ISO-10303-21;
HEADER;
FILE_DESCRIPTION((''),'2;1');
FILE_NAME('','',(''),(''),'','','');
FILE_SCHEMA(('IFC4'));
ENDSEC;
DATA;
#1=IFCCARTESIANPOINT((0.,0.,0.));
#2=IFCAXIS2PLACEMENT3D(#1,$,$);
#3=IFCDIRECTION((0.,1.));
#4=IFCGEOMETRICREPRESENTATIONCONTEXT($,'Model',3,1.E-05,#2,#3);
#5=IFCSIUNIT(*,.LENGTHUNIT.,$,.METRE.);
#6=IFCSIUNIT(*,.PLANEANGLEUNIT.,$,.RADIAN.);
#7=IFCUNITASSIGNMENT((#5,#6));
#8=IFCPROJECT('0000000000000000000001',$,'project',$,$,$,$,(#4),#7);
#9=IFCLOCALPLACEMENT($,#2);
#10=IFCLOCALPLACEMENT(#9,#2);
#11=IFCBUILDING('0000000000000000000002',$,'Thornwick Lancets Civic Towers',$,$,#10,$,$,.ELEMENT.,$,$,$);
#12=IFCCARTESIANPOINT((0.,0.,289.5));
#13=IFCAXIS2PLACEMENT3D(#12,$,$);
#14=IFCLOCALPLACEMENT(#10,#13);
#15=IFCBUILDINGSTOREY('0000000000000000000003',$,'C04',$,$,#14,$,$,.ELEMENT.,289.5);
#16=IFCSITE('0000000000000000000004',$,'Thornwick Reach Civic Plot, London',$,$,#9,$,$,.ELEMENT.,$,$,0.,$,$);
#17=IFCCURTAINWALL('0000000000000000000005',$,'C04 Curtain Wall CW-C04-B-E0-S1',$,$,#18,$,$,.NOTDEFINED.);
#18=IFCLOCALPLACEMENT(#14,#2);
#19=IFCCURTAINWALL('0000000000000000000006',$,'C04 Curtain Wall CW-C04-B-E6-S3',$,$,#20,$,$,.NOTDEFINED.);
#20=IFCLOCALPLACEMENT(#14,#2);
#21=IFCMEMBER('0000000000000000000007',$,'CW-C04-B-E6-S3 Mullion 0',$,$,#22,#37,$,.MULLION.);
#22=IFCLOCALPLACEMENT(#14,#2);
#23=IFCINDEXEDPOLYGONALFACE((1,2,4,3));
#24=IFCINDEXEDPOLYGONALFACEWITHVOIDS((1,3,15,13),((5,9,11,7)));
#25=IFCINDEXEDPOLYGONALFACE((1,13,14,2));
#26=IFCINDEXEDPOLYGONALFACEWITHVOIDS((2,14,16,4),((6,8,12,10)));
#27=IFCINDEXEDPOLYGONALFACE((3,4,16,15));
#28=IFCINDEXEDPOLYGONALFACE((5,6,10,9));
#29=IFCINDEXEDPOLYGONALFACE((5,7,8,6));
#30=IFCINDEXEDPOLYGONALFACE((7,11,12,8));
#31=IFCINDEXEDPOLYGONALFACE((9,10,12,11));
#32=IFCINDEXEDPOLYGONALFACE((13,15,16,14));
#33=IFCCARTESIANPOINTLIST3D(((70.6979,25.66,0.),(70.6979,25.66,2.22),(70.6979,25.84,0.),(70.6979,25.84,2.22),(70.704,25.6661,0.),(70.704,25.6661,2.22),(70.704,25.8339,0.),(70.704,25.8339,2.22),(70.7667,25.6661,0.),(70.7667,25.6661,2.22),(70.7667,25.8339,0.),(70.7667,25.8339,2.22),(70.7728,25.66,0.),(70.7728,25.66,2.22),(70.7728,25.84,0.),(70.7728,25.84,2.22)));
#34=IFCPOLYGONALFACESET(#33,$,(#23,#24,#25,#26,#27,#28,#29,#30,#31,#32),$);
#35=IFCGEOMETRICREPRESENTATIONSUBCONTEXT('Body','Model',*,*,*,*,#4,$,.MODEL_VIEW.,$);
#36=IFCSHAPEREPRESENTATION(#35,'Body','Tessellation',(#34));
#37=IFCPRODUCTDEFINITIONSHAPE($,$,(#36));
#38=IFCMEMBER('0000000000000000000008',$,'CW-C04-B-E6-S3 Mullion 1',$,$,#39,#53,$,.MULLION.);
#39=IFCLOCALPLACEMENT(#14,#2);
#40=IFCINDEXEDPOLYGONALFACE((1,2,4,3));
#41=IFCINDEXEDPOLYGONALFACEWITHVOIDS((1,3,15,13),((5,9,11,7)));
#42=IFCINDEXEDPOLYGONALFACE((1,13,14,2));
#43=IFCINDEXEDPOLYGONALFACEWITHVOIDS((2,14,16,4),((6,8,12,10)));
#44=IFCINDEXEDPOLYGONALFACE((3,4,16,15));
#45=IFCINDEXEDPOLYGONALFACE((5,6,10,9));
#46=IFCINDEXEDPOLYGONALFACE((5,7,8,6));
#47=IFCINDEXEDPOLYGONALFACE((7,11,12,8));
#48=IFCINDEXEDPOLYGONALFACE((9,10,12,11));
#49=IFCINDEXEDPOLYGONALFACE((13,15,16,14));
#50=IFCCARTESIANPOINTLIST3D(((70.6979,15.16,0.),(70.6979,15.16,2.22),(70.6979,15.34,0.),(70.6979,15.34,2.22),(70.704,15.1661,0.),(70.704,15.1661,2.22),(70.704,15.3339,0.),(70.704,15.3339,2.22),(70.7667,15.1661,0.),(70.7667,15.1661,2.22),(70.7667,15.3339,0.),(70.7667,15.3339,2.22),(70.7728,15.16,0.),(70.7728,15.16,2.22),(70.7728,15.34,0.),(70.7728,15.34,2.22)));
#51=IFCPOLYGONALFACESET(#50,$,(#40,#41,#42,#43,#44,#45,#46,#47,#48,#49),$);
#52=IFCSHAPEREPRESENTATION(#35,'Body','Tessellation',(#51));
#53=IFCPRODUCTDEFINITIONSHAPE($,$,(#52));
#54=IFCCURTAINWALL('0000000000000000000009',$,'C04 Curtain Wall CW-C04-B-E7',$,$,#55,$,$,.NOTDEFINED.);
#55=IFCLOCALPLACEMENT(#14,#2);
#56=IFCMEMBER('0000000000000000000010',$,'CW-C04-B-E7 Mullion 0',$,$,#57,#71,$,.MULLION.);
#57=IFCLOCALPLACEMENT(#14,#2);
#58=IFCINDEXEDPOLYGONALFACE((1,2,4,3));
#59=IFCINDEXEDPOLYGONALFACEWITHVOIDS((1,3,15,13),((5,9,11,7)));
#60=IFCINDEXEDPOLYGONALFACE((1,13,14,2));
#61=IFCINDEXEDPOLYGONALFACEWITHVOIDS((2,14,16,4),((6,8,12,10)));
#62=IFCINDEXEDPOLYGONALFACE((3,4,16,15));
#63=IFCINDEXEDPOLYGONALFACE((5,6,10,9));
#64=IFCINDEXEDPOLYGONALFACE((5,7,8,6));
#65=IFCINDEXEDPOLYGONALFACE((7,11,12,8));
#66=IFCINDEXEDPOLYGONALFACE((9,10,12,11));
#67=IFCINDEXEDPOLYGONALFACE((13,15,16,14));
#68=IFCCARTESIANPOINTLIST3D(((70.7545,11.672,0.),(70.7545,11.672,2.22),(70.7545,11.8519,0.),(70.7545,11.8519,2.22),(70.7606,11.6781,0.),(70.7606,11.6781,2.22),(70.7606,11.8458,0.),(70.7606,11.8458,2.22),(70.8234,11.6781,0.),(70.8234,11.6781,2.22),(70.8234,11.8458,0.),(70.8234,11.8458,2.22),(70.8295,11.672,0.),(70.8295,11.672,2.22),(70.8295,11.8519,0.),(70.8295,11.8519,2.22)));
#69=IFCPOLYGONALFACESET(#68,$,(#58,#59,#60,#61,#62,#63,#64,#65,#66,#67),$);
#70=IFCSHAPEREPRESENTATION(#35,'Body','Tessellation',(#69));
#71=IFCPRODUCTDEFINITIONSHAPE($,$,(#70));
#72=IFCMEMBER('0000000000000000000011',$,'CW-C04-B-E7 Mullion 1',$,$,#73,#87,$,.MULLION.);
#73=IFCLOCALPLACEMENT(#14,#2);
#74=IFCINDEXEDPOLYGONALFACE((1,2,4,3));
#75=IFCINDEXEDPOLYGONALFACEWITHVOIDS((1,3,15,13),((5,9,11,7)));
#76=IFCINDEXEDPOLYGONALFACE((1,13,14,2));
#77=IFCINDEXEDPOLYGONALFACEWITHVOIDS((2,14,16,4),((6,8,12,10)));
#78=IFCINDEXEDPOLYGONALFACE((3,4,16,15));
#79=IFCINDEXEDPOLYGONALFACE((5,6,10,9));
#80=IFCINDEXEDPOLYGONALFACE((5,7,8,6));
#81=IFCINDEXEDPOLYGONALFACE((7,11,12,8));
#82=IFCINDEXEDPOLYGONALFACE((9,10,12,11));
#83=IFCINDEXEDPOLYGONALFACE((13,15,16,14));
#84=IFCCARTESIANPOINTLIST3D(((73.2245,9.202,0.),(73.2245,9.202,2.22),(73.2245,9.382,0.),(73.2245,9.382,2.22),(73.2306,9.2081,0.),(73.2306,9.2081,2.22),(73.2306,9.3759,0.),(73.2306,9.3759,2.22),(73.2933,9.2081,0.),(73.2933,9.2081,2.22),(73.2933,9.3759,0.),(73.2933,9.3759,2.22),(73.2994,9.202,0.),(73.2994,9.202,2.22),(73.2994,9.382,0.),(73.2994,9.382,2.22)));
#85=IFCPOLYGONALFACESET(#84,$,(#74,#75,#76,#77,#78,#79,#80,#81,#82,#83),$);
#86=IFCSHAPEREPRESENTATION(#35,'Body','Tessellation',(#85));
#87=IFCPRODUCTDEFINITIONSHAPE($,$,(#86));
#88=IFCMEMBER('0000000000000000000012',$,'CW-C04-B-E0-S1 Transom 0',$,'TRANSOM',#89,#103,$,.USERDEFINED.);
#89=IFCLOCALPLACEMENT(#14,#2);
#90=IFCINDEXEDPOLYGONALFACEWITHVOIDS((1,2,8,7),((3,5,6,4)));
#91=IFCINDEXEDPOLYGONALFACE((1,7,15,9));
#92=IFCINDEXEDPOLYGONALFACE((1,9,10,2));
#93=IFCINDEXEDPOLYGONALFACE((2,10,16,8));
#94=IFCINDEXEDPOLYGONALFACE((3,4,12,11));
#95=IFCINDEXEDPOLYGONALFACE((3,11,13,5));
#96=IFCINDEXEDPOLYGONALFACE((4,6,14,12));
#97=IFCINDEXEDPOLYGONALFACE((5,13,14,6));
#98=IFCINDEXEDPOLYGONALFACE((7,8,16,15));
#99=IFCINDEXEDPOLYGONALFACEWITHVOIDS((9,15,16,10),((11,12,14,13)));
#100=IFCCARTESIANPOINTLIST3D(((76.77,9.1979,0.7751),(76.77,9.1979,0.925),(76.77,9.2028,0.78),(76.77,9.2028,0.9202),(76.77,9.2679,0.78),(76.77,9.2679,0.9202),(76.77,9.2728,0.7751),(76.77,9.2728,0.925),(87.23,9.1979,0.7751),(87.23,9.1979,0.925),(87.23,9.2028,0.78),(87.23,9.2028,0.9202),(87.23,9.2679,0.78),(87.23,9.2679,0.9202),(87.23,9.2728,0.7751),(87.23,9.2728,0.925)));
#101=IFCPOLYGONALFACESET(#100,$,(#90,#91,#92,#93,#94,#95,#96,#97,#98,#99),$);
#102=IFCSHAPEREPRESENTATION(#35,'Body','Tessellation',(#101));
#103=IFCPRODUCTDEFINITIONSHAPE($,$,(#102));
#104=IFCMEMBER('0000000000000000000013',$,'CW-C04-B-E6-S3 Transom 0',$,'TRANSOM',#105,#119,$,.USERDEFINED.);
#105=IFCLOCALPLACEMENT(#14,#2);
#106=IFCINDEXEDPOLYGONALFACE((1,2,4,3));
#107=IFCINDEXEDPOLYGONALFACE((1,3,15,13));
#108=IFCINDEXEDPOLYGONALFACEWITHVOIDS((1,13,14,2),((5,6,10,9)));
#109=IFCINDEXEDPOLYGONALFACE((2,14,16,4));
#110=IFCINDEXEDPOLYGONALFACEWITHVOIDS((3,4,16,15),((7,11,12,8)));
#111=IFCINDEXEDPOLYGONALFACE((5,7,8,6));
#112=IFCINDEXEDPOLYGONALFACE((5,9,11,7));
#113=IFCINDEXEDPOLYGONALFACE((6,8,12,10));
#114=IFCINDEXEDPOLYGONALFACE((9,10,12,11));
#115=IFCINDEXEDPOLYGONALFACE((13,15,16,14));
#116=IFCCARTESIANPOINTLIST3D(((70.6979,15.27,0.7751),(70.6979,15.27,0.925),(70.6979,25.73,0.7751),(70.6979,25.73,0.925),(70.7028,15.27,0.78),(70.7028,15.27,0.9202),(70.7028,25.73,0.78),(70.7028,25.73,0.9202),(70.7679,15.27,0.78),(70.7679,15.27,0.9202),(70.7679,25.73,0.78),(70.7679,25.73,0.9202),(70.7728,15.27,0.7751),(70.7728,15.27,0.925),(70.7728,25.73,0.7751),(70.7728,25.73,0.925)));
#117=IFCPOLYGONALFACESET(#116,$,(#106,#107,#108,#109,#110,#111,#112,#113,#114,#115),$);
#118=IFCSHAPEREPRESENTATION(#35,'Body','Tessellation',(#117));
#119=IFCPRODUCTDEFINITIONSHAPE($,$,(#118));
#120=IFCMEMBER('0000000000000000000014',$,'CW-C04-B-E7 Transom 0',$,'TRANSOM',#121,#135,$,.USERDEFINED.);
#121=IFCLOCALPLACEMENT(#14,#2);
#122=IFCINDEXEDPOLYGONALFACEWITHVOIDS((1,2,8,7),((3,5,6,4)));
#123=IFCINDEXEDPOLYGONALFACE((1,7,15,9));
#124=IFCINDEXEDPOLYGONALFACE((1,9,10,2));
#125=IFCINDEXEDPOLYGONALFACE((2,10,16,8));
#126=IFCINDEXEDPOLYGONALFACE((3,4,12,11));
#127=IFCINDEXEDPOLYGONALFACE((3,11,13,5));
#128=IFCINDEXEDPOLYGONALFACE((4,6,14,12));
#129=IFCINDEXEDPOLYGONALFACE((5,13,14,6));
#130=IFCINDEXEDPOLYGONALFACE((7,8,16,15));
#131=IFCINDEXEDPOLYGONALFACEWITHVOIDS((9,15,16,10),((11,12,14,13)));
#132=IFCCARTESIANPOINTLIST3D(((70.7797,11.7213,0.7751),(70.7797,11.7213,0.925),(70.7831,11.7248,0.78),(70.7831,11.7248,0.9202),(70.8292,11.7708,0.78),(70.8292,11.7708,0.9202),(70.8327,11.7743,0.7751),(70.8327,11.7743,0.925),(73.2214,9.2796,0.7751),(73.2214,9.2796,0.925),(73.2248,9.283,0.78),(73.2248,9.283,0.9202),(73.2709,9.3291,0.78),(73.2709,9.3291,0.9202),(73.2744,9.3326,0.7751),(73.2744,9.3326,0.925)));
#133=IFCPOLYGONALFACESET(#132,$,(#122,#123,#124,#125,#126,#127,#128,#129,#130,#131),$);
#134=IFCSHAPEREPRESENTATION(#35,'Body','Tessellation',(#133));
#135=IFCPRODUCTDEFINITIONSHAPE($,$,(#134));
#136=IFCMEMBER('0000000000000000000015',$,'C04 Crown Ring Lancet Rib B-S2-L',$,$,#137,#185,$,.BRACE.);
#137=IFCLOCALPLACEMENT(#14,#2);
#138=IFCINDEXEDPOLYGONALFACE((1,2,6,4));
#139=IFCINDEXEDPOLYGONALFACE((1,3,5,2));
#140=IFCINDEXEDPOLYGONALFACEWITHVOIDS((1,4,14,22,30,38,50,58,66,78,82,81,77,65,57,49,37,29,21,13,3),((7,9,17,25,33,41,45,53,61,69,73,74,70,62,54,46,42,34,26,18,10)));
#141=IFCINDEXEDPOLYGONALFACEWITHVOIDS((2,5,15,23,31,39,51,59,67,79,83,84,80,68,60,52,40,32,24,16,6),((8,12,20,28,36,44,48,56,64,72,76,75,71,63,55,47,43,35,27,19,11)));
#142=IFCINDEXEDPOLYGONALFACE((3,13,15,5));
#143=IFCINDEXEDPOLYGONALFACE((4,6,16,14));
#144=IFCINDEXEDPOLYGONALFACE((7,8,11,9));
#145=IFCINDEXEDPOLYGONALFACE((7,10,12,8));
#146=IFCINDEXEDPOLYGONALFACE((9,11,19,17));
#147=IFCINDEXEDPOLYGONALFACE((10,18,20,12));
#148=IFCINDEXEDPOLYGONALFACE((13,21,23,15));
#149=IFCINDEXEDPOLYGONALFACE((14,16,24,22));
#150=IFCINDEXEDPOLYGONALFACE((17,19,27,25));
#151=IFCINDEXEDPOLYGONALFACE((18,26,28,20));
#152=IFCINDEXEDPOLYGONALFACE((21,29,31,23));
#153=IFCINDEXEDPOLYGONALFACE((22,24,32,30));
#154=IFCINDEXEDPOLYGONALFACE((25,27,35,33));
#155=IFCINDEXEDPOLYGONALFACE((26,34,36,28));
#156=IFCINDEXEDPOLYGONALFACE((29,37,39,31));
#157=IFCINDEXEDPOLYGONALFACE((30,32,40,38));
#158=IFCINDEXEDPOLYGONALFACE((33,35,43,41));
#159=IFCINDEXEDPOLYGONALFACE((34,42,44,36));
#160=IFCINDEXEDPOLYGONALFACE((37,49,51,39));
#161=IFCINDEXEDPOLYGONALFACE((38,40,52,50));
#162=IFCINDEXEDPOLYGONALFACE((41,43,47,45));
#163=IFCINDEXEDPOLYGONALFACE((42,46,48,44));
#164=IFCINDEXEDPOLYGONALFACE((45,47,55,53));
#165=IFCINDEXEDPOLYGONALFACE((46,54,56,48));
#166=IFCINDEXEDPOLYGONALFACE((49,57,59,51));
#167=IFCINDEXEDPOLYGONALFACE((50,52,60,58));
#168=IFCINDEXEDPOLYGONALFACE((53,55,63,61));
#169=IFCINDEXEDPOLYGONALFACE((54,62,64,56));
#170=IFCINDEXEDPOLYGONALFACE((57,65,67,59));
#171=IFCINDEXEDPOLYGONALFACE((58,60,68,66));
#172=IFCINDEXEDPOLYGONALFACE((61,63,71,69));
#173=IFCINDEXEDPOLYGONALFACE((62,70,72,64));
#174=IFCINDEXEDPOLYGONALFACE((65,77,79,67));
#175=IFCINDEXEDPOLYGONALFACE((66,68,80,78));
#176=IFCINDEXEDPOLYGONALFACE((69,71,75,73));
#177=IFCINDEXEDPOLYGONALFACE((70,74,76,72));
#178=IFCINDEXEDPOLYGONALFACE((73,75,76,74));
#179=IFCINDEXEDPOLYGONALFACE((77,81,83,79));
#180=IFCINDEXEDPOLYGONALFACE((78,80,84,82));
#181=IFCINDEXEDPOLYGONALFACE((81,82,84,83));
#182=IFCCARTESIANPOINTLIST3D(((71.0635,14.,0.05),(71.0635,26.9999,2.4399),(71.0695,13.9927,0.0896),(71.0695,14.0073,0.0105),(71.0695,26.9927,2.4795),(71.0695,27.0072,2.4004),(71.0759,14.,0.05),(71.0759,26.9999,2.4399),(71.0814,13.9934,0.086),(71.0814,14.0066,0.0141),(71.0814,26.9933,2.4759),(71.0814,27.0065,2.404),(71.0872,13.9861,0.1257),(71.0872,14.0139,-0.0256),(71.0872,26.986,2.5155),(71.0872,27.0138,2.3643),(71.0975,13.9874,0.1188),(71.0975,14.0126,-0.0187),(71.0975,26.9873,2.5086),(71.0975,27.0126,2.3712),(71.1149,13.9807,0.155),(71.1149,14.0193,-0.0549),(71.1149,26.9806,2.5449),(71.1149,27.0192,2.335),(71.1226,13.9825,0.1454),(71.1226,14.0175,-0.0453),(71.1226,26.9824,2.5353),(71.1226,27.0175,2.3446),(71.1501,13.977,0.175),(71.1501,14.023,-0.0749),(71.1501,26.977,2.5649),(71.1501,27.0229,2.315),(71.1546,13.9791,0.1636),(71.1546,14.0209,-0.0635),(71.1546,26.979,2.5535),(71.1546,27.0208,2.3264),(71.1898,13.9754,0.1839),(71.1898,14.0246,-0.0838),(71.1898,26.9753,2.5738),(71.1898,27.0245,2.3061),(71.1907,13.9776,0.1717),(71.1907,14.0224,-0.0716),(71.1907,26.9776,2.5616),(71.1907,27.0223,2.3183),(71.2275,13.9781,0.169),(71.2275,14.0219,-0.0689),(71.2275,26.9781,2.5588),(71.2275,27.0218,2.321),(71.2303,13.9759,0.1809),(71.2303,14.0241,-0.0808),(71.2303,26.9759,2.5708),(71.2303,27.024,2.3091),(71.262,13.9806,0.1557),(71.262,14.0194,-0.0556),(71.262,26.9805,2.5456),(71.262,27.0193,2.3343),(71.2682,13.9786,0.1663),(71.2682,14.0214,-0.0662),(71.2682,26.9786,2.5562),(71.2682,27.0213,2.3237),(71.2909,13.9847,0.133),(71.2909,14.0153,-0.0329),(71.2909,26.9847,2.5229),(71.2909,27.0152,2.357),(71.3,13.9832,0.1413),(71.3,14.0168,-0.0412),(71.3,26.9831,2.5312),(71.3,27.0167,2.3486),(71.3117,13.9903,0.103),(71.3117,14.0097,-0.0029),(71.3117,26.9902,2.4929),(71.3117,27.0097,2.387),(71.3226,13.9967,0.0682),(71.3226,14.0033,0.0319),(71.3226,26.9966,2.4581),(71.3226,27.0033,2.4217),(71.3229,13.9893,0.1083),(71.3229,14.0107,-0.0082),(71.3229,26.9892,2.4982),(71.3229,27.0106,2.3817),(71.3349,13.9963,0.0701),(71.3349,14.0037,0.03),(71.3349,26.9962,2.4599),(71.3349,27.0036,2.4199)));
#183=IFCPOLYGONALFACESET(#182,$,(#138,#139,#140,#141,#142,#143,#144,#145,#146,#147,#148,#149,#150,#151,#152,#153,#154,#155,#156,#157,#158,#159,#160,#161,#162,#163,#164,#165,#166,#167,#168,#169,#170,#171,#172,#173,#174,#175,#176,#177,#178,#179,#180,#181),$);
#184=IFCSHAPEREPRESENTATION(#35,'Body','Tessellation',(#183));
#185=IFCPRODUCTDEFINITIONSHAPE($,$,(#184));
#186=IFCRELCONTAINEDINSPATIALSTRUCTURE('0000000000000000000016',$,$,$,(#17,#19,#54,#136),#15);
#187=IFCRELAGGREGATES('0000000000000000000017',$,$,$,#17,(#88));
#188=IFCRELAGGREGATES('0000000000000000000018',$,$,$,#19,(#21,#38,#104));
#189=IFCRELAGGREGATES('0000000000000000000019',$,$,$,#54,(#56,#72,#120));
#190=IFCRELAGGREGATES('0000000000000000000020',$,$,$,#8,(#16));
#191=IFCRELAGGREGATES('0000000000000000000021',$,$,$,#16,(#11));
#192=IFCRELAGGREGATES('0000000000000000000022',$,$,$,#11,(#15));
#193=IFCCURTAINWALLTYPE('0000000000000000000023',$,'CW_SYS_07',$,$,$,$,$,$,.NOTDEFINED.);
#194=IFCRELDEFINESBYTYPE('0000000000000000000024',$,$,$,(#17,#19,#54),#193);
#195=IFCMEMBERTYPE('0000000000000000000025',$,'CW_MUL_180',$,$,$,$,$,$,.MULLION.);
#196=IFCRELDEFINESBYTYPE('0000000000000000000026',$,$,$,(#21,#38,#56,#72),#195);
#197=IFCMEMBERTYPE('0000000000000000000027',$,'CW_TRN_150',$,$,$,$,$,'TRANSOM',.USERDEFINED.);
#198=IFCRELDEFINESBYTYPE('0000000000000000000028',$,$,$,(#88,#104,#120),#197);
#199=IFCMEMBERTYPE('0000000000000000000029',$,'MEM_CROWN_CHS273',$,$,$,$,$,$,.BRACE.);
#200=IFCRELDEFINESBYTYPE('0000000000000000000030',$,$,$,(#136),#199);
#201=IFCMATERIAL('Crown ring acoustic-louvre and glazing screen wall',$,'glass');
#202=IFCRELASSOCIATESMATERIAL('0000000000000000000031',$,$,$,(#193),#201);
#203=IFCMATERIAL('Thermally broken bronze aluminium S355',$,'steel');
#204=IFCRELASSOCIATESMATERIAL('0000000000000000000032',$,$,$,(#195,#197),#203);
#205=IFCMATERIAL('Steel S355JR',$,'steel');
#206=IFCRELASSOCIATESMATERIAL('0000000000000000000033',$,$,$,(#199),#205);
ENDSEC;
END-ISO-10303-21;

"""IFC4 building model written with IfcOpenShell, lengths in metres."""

from ifc_helpers import new_model, si_unit, direction, frame, origin, origin_2d, place, context, subcontext, project, spatial, hollow_rectangle, hollow_circle, extrude, material, material_profile, profile_set, type_object, element, aggregate, save


model = new_model("IFC4")

# Units and contexts
model_context = context("Model", 3, precision=1e-05, world=origin(), true_north=direction((0.0, 1.0)))
body_context = subcontext(model_context, "Body", "Model", "MODEL_VIEW")
ifc_project = project(units=[si_unit("LENGTHUNIT", "METRE"), si_unit("PLANEANGLEUNIT", "RADIAN")], contexts=[model_context])

# Site, building, storey
site_placement = place(None, origin())
site = spatial("IfcSite", under=ifc_project, at=site_placement, Name="Thornwick Reach Civic Plot, London", CompositionType="ELEMENT", RefElevation=0.0)
building_placement = place(site_placement, origin())
building = spatial("IfcBuilding", under=site, at=building_placement, Name="Thornwick Lancets Civic Towers", CompositionType="ELEMENT")
storey_placement = place(building_placement, frame((0.0, 0.0, 289.5)))
storey = spatial("IfcBuildingStorey", under=building, at=storey_placement, Name="C04", CompositionType="ELEMENT", Elevation=289.5)

# Shared definitions
ifc_material_1 = material(Name="Steel S355JR", Category="steel")

# Curtain walls, members
ifc_material_2 = material(Name="Crown ring acoustic-louvre and glazing screen wall", Category="glass")
curtain_wall_type = type_object("IfcCurtainWallType", Name="CW_SYS_07", PredefinedType="NOTDEFINED", material=ifc_material_2)
curtain_wall_1_placement = place(storey_placement, origin())
curtain_wall_1 = element("IfcCurtainWall", 1, at=curtain_wall_1_placement, inside=storey, type_object=curtain_wall_type, Name="C04 Curtain Wall CW-C04-B-E0-S1", PredefinedType="NOTDEFINED")
ifc_material_3 = material(Name="Thermally broken bronze aluminium S355", Category="steel")
ifc_material_profile_1 = material_profile(ifc_material_3, hollow_rectangle(XDim=0.075, YDim=0.1799, WallThickness=0.0061, at=origin_2d()), Name="RHS 180x75x6")
ifc_profile_set_1 = profile_set([ifc_material_profile_1], Name="Thermally broken bronze aluminium S355")
member_type_1 = type_object("IfcMemberType", Name="CW_MUL_180", PredefinedType="MULLION", material=ifc_profile_set_1)
curtain_wall_2_placement = place(storey_placement, origin())
curtain_wall_2 = element("IfcCurtainWall", 2, at=curtain_wall_2_placement, inside=storey, type_object=curtain_wall_type, Name="C04 Curtain Wall CW-C04-B-E6-S3", PredefinedType="NOTDEFINED")
member_1_placement = place(storey_placement, frame((70.7354, 25.75, 0.0), z_axis=(0.0, 0.0, 1.0), x_axis=(1.0, 0.0, 0.0)))
member_1 = element("IfcMember", 3, at=member_1_placement, type_object=member_type_1, Name="CW-C04-B-E6-S3 Mullion 0", PredefinedType="MULLION", context=body_context, shape_type="SweptSolid", body=[
    extrude(hollow_rectangle(XDim=0.075, YDim=0.1799, WallThickness=0.0061, at=origin_2d()), origin(), (0.0, 0.0, 1.0), 2.22),
])
member_2_placement = place(storey_placement, frame((70.7354, 15.25, 0.0), z_axis=(0.0, 0.0, 1.0), x_axis=(1.0, 0.0, 0.0)))
member_2 = element("IfcMember", 4, at=member_2_placement, type_object=member_type_1, Name="CW-C04-B-E6-S3 Mullion 1", PredefinedType="MULLION", context=body_context, shape_type="SweptSolid", body=[
    extrude(hollow_rectangle(XDim=0.075, YDim=0.1799, WallThickness=0.0061, at=origin_2d()), origin(), (0.0, 0.0, 1.0), 2.22),
])
curtain_wall_3_placement = place(storey_placement, origin())
curtain_wall_3 = element("IfcCurtainWall", 5, at=curtain_wall_3_placement, inside=storey, type_object=curtain_wall_type, Name="C04 Curtain Wall CW-C04-B-E7", PredefinedType="NOTDEFINED")
member_3_placement = place(storey_placement, frame((70.792, 11.762, 0.0), z_axis=(0.0, 0.0, 1.0), x_axis=(1.0, 0.0, 0.0)))
member_3 = element("IfcMember", 6, at=member_3_placement, type_object=member_type_1, Name="CW-C04-B-E7 Mullion 0", PredefinedType="MULLION", context=body_context, shape_type="SweptSolid", body=[
    extrude(hollow_rectangle(XDim=0.075, YDim=0.1799, WallThickness=0.0061, at=origin_2d()), origin(), (0.0, 0.0, 1.0), 2.22),
])
member_4_placement = place(storey_placement, frame((73.262, 9.292, 0.0), z_axis=(0.0, 0.0, 1.0), x_axis=(1.0, 0.0, 0.0)))
member_4 = element("IfcMember", 7, at=member_4_placement, type_object=member_type_1, Name="CW-C04-B-E7 Mullion 1", PredefinedType="MULLION", context=body_context, shape_type="SweptSolid", body=[
    extrude(hollow_rectangle(XDim=0.075, YDim=0.1799, WallThickness=0.0061, at=origin_2d()), origin(), (0.0, 0.0, 1.0), 2.22),
])

# Members
ifc_material_profile_2 = material_profile(ifc_material_3, hollow_rectangle(XDim=0.075, YDim=0.1499, WallThickness=0.0049, at=origin_2d()), Name="RHS 150x75x5")
ifc_profile_set_2 = profile_set([ifc_material_profile_2], Name="Thermally broken bronze aluminium S355")
member_type_2 = type_object("IfcMemberType", Name="CW_TRN_150", ElementType="TRANSOM", PredefinedType="USERDEFINED", material=ifc_profile_set_2)
member_5_placement = place(storey_placement, frame((76.77, 9.2354, 0.8501), z_axis=(1.0, 0.0, 0.0), x_axis=(0.0, 1.0, 0.0)))
member_5 = element("IfcMember", 8, at=member_5_placement, type_object=member_type_2, Name="CW-C04-B-E0-S1 Transom 0", ObjectType="TRANSOM", PredefinedType="USERDEFINED", context=body_context, shape_type="SweptSolid", body=[
    extrude(hollow_rectangle(XDim=0.075, YDim=0.1499, WallThickness=0.0049, at=origin_2d()), origin(), (0.0, 0.0, 1.0), 10.46),
])
member_6_placement = place(storey_placement, frame((70.7354, 25.73, 0.8501), z_axis=(0.0, -1.0, 0.0), x_axis=(1.0, 0.0, 0.0)))
member_6 = element("IfcMember", 9, at=member_6_placement, type_object=member_type_2, Name="CW-C04-B-E6-S3 Transom 0", ObjectType="TRANSOM", PredefinedType="USERDEFINED", context=body_context, shape_type="SweptSolid", body=[
    extrude(hollow_rectangle(XDim=0.075, YDim=0.1499, WallThickness=0.0049, at=origin_2d()), origin(), (0.0, 0.0, 1.0), 10.46),
])
member_7_placement = place(storey_placement, frame((70.8062, 11.7478, 0.8501), z_axis=(0.707107, -0.707107, 0.0), x_axis=(0.707107, 0.707107, 0.0)))
member_7 = element("IfcMember", 10, at=member_7_placement, type_object=member_type_2, Name="CW-C04-B-E7 Transom 0", ObjectType="TRANSOM", PredefinedType="USERDEFINED", context=body_context, shape_type="SweptSolid", body=[
    extrude(hollow_rectangle(XDim=0.075, YDim=0.1499, WallThickness=0.0049, at=origin_2d()), origin(), (0.0, 0.0, 1.0), 3.4531),
])

# Member
ifc_material_profile_3 = material_profile(ifc_material_1, hollow_circle(Radius=0.1365, WallThickness=0.0125, at=origin_2d()), Name="CHS 273x12.5")
ifc_profile_set_3 = profile_set([ifc_material_profile_3], Name="Steel S355JR")
member_type_3 = type_object("IfcMemberType", Name="MEM_CROWN_CHS273", PredefinedType="BRACE", material=ifc_profile_set_3)
for number, where, z_axis, x_axis, name in (
    (11, (71.2, 14.0, 0.05), (0.0, 0.983518, 0.180808), (-1.0, 0.0, 0.0), "C04 Crown Ring Lancet Rib B-S2-L"),
):
    element("IfcMember", number, at=place(storey_placement, frame(where, z_axis=z_axis, x_axis=x_axis)), inside=storey, type_object=member_type_3, Name=name, PredefinedType="BRACE", context=body_context, shape_type="SweptSolid", body=[
        extrude(hollow_circle(Radius=0.1365, WallThickness=0.0125, at=origin_2d()), origin(), (0.0, 0.0, 1.0), 13.2178),
    ])

aggregate(curtain_wall_1, [member_5])
aggregate(curtain_wall_2, [member_1, member_2, member_6])
aggregate(curtain_wall_3, [member_3, member_4, member_7])

save(model, "model.ifc")
